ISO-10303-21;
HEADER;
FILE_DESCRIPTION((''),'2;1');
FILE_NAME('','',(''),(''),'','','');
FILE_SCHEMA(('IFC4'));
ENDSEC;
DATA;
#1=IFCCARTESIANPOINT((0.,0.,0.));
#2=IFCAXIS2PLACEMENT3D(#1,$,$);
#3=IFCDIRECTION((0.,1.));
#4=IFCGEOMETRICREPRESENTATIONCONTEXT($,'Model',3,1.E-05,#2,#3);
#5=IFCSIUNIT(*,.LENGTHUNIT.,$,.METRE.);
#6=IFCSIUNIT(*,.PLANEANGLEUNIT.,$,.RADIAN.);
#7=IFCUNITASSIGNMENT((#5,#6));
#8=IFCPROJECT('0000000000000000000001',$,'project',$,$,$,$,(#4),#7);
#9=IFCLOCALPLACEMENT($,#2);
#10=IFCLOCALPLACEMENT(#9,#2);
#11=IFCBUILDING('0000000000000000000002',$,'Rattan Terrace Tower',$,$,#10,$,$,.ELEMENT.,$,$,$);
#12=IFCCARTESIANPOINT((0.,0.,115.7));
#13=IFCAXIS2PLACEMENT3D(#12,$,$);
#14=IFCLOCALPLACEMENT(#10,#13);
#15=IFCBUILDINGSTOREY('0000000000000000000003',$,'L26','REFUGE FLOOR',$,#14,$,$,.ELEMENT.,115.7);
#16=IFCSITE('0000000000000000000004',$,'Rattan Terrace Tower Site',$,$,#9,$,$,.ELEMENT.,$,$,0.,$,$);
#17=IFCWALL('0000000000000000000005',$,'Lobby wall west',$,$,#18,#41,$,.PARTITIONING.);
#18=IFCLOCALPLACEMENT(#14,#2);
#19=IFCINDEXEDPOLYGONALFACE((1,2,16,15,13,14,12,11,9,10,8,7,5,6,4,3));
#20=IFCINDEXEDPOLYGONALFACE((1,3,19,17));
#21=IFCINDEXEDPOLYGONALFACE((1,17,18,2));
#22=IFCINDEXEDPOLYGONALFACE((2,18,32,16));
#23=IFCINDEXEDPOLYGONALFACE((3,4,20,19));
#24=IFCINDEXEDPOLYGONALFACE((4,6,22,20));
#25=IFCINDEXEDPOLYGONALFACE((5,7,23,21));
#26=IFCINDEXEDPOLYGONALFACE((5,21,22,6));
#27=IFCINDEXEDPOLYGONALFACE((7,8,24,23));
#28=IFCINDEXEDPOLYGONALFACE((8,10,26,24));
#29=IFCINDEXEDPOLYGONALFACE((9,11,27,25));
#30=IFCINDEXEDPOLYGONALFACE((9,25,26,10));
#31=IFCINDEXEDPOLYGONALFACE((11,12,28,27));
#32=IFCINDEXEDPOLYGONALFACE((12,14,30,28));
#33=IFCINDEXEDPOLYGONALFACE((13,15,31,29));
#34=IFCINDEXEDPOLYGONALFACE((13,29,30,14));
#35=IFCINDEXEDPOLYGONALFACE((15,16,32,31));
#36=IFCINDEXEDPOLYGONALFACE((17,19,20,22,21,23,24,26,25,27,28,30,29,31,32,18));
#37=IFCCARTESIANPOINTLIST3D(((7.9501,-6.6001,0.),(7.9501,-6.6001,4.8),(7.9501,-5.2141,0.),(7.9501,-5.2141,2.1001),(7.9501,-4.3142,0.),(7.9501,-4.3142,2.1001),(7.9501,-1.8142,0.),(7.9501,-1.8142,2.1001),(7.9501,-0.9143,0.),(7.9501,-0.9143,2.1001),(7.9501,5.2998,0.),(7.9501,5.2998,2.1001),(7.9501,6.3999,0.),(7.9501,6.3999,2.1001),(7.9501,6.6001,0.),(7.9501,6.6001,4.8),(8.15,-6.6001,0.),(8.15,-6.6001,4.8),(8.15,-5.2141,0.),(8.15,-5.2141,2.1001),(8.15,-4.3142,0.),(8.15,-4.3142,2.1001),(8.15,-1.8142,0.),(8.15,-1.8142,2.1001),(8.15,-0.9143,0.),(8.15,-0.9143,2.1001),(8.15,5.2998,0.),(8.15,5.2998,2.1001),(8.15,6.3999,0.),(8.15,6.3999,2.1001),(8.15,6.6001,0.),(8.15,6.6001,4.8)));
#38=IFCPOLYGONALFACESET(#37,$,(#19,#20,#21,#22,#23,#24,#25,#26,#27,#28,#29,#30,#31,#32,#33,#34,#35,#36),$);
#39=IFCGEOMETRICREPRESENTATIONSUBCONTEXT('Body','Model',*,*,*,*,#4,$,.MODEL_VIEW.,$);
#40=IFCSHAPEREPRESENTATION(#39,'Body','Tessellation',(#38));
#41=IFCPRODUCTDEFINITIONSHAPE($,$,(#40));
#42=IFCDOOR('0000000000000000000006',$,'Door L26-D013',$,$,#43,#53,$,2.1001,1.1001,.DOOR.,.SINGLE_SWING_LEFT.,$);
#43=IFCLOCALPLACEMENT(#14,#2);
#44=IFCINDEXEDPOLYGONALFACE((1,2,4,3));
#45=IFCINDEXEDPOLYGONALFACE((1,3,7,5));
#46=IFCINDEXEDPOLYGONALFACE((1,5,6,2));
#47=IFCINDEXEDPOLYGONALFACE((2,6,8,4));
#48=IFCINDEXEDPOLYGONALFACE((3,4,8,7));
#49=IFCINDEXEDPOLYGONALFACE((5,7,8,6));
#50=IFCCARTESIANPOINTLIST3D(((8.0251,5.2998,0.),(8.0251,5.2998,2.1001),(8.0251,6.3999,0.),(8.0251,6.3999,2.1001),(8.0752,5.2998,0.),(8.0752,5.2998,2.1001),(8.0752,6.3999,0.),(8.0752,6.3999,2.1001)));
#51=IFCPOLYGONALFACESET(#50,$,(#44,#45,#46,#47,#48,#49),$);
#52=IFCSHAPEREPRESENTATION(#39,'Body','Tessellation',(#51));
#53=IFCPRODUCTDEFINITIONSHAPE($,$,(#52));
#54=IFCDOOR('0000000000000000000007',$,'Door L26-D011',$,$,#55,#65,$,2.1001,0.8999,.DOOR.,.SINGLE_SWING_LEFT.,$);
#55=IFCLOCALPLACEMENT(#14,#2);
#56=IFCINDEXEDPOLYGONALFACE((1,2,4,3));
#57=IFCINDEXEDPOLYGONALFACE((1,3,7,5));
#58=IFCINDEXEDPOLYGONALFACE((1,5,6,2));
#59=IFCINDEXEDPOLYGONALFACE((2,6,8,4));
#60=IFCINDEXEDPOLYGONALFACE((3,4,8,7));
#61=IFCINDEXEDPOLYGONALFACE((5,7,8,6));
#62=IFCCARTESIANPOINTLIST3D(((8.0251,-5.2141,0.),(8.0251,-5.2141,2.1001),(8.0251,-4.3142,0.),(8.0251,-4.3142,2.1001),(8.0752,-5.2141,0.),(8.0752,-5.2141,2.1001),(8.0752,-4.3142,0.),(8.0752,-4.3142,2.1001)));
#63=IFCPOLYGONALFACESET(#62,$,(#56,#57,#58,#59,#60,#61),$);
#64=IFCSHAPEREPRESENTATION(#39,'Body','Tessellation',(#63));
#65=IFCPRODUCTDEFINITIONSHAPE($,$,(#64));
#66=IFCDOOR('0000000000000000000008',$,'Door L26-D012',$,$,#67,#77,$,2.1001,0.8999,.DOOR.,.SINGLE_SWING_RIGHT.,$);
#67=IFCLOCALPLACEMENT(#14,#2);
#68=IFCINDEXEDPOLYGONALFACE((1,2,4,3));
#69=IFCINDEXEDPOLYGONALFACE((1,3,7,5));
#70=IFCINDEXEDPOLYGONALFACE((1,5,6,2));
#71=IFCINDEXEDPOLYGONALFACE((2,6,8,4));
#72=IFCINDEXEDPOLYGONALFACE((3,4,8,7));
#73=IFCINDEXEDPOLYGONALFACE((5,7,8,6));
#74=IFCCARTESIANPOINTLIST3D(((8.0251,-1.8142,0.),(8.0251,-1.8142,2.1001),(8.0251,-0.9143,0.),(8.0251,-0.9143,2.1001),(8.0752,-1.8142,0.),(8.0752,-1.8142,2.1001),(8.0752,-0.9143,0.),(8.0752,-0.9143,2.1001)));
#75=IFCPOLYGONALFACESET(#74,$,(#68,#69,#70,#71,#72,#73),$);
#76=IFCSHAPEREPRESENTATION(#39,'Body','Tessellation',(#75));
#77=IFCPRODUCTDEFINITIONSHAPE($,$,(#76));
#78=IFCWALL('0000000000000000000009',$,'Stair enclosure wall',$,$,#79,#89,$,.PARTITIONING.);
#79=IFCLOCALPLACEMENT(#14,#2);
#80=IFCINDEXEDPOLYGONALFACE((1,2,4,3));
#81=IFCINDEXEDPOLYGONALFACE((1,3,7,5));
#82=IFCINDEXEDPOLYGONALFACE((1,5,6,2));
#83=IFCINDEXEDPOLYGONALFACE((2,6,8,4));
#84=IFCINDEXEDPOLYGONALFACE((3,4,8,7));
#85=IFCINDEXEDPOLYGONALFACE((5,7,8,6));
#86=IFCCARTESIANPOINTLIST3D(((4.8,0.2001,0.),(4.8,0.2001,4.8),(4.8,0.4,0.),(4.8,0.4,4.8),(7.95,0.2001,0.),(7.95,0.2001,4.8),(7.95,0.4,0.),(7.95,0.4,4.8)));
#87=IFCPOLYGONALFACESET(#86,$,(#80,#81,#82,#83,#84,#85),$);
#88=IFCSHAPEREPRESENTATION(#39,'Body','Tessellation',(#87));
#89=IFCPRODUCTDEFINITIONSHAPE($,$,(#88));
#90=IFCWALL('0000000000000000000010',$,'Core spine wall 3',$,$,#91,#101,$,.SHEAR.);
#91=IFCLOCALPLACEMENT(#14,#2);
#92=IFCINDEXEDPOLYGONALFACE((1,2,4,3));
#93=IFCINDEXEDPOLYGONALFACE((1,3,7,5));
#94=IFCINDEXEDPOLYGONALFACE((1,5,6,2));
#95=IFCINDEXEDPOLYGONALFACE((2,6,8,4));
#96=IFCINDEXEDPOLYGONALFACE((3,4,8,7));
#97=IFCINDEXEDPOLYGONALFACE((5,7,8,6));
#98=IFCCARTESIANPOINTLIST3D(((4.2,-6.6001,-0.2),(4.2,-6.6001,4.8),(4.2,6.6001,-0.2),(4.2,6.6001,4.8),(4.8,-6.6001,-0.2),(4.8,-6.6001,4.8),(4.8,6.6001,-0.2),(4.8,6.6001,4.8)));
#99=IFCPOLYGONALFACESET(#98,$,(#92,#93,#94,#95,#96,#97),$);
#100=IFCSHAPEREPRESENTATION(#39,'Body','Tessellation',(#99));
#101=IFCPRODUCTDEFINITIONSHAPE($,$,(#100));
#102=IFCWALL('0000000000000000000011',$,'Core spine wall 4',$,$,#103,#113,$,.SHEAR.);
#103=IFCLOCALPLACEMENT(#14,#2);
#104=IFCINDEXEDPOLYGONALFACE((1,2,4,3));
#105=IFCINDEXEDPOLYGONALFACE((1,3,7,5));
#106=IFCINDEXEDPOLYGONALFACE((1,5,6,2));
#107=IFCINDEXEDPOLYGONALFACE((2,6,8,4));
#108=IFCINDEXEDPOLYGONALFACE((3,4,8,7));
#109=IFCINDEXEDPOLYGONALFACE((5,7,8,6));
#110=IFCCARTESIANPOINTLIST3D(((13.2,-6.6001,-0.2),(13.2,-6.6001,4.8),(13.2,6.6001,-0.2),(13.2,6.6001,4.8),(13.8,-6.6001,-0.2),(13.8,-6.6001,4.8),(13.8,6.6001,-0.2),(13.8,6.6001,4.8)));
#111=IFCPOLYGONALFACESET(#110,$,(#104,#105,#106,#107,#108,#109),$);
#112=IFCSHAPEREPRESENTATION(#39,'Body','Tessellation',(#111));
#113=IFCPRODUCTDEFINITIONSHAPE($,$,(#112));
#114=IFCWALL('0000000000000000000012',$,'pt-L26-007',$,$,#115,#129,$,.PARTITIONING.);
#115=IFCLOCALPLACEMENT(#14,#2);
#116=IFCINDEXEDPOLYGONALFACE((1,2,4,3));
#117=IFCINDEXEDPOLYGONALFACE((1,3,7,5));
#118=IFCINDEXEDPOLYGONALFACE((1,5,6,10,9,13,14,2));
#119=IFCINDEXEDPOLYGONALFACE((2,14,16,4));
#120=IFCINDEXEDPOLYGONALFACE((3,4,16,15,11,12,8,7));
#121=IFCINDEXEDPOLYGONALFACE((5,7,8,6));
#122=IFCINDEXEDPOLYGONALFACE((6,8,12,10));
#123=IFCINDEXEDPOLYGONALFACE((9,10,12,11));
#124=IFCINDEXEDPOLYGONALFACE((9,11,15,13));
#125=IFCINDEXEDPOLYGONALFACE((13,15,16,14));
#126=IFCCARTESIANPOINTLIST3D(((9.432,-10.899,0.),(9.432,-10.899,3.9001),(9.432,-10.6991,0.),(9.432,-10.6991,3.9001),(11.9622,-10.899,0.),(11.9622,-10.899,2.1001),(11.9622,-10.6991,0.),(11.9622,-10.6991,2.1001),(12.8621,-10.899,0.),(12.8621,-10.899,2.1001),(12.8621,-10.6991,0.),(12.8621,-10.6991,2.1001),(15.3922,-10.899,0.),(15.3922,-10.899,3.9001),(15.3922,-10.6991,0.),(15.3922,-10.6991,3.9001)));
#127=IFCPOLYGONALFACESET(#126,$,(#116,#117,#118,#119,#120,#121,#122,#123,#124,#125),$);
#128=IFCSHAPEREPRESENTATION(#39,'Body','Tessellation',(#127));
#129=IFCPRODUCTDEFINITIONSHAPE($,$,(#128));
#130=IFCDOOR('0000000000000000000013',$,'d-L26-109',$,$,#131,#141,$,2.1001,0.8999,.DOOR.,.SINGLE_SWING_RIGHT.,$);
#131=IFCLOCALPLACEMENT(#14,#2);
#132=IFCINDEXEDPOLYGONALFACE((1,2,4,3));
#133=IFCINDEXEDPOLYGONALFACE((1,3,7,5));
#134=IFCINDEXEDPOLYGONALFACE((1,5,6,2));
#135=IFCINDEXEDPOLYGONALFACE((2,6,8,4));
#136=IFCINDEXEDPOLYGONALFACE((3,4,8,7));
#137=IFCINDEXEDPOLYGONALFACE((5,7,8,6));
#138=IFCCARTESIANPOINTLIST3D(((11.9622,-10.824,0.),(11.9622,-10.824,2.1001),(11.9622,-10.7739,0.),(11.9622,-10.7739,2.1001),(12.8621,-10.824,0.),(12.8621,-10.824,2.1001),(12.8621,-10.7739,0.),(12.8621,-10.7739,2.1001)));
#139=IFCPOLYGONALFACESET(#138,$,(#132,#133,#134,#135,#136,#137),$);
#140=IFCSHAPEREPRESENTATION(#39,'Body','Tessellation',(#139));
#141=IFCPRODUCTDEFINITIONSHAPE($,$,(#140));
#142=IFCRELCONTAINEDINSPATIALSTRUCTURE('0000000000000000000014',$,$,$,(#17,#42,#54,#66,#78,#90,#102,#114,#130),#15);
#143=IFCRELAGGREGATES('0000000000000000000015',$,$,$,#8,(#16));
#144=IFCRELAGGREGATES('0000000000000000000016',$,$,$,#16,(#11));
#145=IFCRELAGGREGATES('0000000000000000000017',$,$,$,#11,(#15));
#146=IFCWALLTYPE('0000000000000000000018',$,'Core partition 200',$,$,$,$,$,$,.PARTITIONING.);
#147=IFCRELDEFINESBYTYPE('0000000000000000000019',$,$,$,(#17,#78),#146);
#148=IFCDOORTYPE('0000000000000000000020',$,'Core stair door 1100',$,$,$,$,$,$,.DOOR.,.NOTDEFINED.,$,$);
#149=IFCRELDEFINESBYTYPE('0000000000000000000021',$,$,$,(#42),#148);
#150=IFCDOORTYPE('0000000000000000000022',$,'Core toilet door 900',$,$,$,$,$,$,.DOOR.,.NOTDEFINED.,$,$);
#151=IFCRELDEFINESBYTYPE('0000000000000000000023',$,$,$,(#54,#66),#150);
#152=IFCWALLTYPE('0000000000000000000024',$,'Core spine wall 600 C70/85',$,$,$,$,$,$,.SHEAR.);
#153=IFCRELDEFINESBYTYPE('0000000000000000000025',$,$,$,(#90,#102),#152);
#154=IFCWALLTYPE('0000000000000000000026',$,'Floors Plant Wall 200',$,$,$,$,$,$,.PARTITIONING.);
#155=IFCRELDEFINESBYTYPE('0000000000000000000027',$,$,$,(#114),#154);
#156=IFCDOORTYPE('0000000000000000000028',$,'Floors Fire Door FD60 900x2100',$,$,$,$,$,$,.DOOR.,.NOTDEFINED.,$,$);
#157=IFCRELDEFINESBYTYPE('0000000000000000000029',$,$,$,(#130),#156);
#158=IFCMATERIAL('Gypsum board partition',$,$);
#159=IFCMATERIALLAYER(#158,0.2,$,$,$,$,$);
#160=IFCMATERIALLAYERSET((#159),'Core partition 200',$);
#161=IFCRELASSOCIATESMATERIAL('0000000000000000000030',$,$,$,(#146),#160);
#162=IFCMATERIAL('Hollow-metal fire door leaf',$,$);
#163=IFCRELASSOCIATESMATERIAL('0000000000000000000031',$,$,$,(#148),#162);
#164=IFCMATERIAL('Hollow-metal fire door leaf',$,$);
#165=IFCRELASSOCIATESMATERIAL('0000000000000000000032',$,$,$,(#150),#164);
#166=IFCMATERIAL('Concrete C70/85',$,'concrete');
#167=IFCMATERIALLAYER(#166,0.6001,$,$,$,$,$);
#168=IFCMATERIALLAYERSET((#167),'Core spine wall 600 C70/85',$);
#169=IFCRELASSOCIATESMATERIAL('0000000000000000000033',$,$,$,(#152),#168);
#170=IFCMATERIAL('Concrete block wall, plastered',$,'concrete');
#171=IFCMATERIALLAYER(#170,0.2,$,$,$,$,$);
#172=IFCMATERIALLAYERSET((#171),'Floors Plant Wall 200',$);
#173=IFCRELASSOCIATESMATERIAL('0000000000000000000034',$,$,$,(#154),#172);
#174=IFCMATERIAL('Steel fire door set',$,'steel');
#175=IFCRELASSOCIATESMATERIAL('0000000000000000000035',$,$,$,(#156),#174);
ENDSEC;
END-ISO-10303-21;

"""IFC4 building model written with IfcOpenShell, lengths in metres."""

from ifc_helpers import new_model, si_unit, direction, frame, frame_2d, origin, place, context, subcontext, project, spatial, rectangle, extrude, material, layer, layer_set, type_object, element, fill, save


model = new_model("IFC4")

# Units and contexts
model_context = context("Model", 3, precision=1e-05, world=origin(), true_north=direction((0.0, 1.0)))
body_context = subcontext(model_context, "Body", "Model", "MODEL_VIEW")
ifc_project = project(units=[si_unit("LENGTHUNIT", "METRE"), si_unit("PLANEANGLEUNIT", "RADIAN")], contexts=[model_context])

# Site, building, storey
site_placement = place(None, origin())
site = spatial("IfcSite", under=ifc_project, at=site_placement, Name="Rattan Terrace Tower Site", CompositionType="ELEMENT", RefElevation=0.0)
building_placement = place(site_placement, origin())
building = spatial("IfcBuilding", under=site, at=building_placement, Name="Rattan Terrace Tower", CompositionType="ELEMENT")
storey_placement = place(building_placement, frame((0.0, 0.0, 115.7)))
storey = spatial("IfcBuildingStorey", under=building, at=storey_placement, Name="L26", Description="REFUGE FLOOR", CompositionType="ELEMENT", Elevation=115.7)

# Shared definitions
ifc_material_1 = material(Name="Gypsum board partition")
ifc_layer_1 = layer(ifc_material_1, 0.2)
ifc_layer_set_1 = layer_set([ifc_layer_1], Name="Core partition 200")
wall_type_1 = type_object("IfcWallType", Name="Core partition 200", PredefinedType="PARTITIONING", material=ifc_layer_set_1)
ifc_material_2 = material(Name="Hollow-metal fire door leaf")
door_type_1 = type_object("IfcDoorType", Name="Core stair door 1100", OperationType="NOTDEFINED", PredefinedType="DOOR", material=ifc_material_2)

# Wall, openings, doors
wall_1_placement = place(storey_placement, frame((8.05, -6.6001, 0.0), z_axis=(0.0, 0.0, 1.0), x_axis=(0.0, 1.0, 0.0)))
wall_1 = element("IfcWall", 1, at=wall_1_placement, inside=storey, type_object=wall_type_1, Name="Lobby wall west", PredefinedType="PARTITIONING", context=body_context, shape_type="SweptSolid", body=[
    extrude(rectangle(XDim=13.2002, YDim=0.2, at=frame_2d((6.6001, 0.0))), origin(), (0.0, 0.0, 1.0), 4.8),
])
opening_1_placement = place(wall_1_placement, frame((1.386, 0.0, 0.0)))
opening_1 = element("IfcOpeningElement", 2, at=opening_1_placement, cuts=wall_1, PredefinedType="OPENING", context=body_context, shape_type="SweptSolid", body=[
    extrude(rectangle(XDim=0.8999, YDim=2.1001, at=frame_2d((0.45, 1.05))), frame((0.0, 0.1106, 0.0), z_axis=(0.0, -1.0, 0.0), x_axis=(1.0, 0.0, 0.0)), (0.0, 0.0, 1.0), 0.2209),
])
opening_2_placement = place(wall_1_placement, frame((4.7859, 0.0, 0.0)))
opening_2 = element("IfcOpeningElement", 3, at=opening_2_placement, cuts=wall_1, PredefinedType="OPENING", context=body_context, shape_type="SweptSolid", body=[
    extrude(rectangle(XDim=0.8999, YDim=2.1001, at=frame_2d((0.45, 1.05))), frame((0.0, 0.1106, 0.0), z_axis=(0.0, -1.0, 0.0), x_axis=(1.0, 0.0, 0.0)), (0.0, 0.0, 1.0), 0.2209),
])
opening_3_placement = place(wall_1_placement, frame((11.8999, 0.0, 0.0)))
opening_3 = element("IfcOpeningElement", 4, at=opening_3_placement, cuts=wall_1, PredefinedType="OPENING", context=body_context, shape_type="SweptSolid", body=[
    extrude(rectangle(XDim=1.1001, YDim=2.1001, at=frame_2d((0.55, 1.05))), frame((0.0, 0.1106, 0.0), z_axis=(0.0, -1.0, 0.0), x_axis=(1.0, 0.0, 0.0)), (0.0, 0.0, 1.0), 0.2209),
])
door_1_placement = place(opening_3_placement, origin())
door_1 = element("IfcDoor", 5, at=door_1_placement, inside=storey, type_object=door_type_1, Name="Door L26-D013", OperationType="SINGLE_SWING_LEFT", OverallHeight=2.1001, OverallWidth=1.1001, PredefinedType="DOOR", context=body_context, shape_type="SweptSolid", body=[
    extrude(rectangle(XDim=1.1001, YDim=2.1001, at=frame_2d((0.55, 1.05))), frame((0.0, 0.0249, 0.0), z_axis=(0.0, -1.0, 0.0), x_axis=(1.0, 0.0, 0.0)), (0.0, 0.0, 1.0), 0.05),
])
fill(opening_3, door_1)
ifc_material_3 = material(Name="Hollow-metal fire door leaf")
door_type_2 = type_object("IfcDoorType", Name="Core toilet door 900", OperationType="NOTDEFINED", PredefinedType="DOOR", material=ifc_material_3)
door_2_placement = place(opening_1_placement, origin())
door_2 = element("IfcDoor", 6, at=door_2_placement, inside=storey, type_object=door_type_2, Name="Door L26-D011", OperationType="SINGLE_SWING_LEFT", OverallHeight=2.1001, OverallWidth=0.8999, PredefinedType="DOOR", context=body_context, shape_type="SweptSolid", body=[
    extrude(rectangle(XDim=0.8999, YDim=2.1001, at=frame_2d((0.45, 1.05))), frame((0.0, 0.0249, 0.0), z_axis=(0.0, -1.0, 0.0), x_axis=(1.0, 0.0, 0.0)), (0.0, 0.0, 1.0), 0.05),
])
fill(opening_1, door_2)
door_3_placement = place(opening_2_placement, origin())
door_3 = element("IfcDoor", 7, at=door_3_placement, inside=storey, type_object=door_type_2, Name="Door L26-D012", OperationType="SINGLE_SWING_RIGHT", OverallHeight=2.1001, OverallWidth=0.8999, PredefinedType="DOOR", context=body_context, shape_type="SweptSolid", body=[
    extrude(rectangle(XDim=0.8999, YDim=2.1001, at=frame_2d((0.45, 1.05))), frame((0.0, 0.0249, 0.0), z_axis=(0.0, -1.0, 0.0), x_axis=(1.0, 0.0, 0.0)), (0.0, 0.0, 1.0), 0.05),
])
fill(opening_2, door_3)

# Walls
wall_2_placement = place(storey_placement, frame((4.8, 0.3, 0.0), z_axis=(0.0, 0.0, 1.0), x_axis=(1.0, 0.0, 0.0)))
element("IfcWall", 8, at=wall_2_placement, inside=storey, type_object=wall_type_1, Name="Stair enclosure wall", PredefinedType="PARTITIONING", context=body_context, shape_type="SweptSolid", body=[
    extrude(rectangle(XDim=3.1499, YDim=0.2, at=frame_2d((1.575, 0.0))), origin(), (0.0, 0.0, 1.0), 4.8),
])
ifc_material_4 = material(Name="Concrete C70/85", Category="concrete")
ifc_layer_2 = layer(ifc_material_4, 0.6001)
ifc_layer_set_2 = layer_set([ifc_layer_2], Name="Core spine wall 600 C70/85")
wall_type_2 = type_object("IfcWallType", Name="Core spine wall 600 C70/85", PredefinedType="SHEAR", material=ifc_layer_set_2)
for number, where, z_axis, x_axis, name in (
    (9, (4.5, -6.6001, -0.2), (0.0, 0.0, 1.0), (0.0, 1.0, 0.0), "Core spine wall 3"),
    (10, (13.5, -6.6001, -0.2), (0.0, 0.0, 1.0), (0.0, 1.0, 0.0), "Core spine wall 4"),
):
    element("IfcWall", number, at=place(storey_placement, frame(where, z_axis=z_axis, x_axis=x_axis)), inside=storey, type_object=wall_type_2, Name=name, PredefinedType="SHEAR", context=body_context, shape_type="SweptSolid", body=[
        extrude(rectangle(XDim=13.2002, YDim=0.6001, at=frame_2d((6.6001, 0.0))), origin(), (0.0, 0.0, 1.0), 5.0),
    ])

# Wall, opening, door
ifc_material_5 = material(Name="Concrete block wall, plastered", Category="concrete")
ifc_layer_3 = layer(ifc_material_5, 0.2)
ifc_layer_set_3 = layer_set([ifc_layer_3], Name="Floors Plant Wall 200")
wall_type_3 = type_object("IfcWallType", Name="Floors Plant Wall 200", PredefinedType="PARTITIONING", material=ifc_layer_set_3)
wall_3_placement = place(storey_placement, frame((15.3921, -10.7991, 0.0), z_axis=(0.0, 0.0, 1.0), x_axis=(-1.0, 0.0, 0.0)))
wall_3 = element("IfcWall", 11, at=wall_3_placement, inside=storey, type_object=wall_type_3, Name="pt-L26-007", PredefinedType="PARTITIONING", context=body_context, shape_type="SweptSolid", body=[
    extrude(rectangle(XDim=5.9602, YDim=0.2, at=frame_2d((2.98, 0.0))), origin(), (0.0, 0.0, 1.0), 3.9001),
])
opening_4_placement = place(wall_3_placement, frame((2.53, 0.0, 0.0)))
opening_4 = element("IfcOpeningElement", 12, at=opening_4_placement, cuts=wall_3, PredefinedType="OPENING", context=body_context, shape_type="SweptSolid", body=[
    extrude(rectangle(XDim=0.8999, YDim=2.1001, at=frame_2d((0.45, 1.05))), frame((0.0, 0.1106, 0.0), z_axis=(0.0, -1.0, 0.0), x_axis=(1.0, 0.0, 0.0)), (0.0, 0.0, 1.0), 0.2209),
])
ifc_material_6 = material(Name="Steel fire door set", Category="steel")
door_type_3 = type_object("IfcDoorType", Name="Floors Fire Door FD60 900x2100", OperationType="NOTDEFINED", PredefinedType="DOOR", material=ifc_material_6)
door_4_placement = place(opening_4_placement, origin())
door_4 = element("IfcDoor", 13, at=door_4_placement, inside=storey, type_object=door_type_3, Name="d-L26-109", OperationType="SINGLE_SWING_RIGHT", OverallHeight=2.1001, OverallWidth=0.8999, PredefinedType="DOOR", context=body_context, shape_type="SweptSolid", body=[
    extrude(rectangle(XDim=0.8999, YDim=2.1001, at=frame_2d((0.45, 1.05))), frame((0.0, 0.0249, 0.0), z_axis=(0.0, -1.0, 0.0), x_axis=(1.0, 0.0, 0.0)), (0.0, 0.0, 1.0), 0.05),
])
fill(opening_4, door_4)

save(model, "model.ifc")
